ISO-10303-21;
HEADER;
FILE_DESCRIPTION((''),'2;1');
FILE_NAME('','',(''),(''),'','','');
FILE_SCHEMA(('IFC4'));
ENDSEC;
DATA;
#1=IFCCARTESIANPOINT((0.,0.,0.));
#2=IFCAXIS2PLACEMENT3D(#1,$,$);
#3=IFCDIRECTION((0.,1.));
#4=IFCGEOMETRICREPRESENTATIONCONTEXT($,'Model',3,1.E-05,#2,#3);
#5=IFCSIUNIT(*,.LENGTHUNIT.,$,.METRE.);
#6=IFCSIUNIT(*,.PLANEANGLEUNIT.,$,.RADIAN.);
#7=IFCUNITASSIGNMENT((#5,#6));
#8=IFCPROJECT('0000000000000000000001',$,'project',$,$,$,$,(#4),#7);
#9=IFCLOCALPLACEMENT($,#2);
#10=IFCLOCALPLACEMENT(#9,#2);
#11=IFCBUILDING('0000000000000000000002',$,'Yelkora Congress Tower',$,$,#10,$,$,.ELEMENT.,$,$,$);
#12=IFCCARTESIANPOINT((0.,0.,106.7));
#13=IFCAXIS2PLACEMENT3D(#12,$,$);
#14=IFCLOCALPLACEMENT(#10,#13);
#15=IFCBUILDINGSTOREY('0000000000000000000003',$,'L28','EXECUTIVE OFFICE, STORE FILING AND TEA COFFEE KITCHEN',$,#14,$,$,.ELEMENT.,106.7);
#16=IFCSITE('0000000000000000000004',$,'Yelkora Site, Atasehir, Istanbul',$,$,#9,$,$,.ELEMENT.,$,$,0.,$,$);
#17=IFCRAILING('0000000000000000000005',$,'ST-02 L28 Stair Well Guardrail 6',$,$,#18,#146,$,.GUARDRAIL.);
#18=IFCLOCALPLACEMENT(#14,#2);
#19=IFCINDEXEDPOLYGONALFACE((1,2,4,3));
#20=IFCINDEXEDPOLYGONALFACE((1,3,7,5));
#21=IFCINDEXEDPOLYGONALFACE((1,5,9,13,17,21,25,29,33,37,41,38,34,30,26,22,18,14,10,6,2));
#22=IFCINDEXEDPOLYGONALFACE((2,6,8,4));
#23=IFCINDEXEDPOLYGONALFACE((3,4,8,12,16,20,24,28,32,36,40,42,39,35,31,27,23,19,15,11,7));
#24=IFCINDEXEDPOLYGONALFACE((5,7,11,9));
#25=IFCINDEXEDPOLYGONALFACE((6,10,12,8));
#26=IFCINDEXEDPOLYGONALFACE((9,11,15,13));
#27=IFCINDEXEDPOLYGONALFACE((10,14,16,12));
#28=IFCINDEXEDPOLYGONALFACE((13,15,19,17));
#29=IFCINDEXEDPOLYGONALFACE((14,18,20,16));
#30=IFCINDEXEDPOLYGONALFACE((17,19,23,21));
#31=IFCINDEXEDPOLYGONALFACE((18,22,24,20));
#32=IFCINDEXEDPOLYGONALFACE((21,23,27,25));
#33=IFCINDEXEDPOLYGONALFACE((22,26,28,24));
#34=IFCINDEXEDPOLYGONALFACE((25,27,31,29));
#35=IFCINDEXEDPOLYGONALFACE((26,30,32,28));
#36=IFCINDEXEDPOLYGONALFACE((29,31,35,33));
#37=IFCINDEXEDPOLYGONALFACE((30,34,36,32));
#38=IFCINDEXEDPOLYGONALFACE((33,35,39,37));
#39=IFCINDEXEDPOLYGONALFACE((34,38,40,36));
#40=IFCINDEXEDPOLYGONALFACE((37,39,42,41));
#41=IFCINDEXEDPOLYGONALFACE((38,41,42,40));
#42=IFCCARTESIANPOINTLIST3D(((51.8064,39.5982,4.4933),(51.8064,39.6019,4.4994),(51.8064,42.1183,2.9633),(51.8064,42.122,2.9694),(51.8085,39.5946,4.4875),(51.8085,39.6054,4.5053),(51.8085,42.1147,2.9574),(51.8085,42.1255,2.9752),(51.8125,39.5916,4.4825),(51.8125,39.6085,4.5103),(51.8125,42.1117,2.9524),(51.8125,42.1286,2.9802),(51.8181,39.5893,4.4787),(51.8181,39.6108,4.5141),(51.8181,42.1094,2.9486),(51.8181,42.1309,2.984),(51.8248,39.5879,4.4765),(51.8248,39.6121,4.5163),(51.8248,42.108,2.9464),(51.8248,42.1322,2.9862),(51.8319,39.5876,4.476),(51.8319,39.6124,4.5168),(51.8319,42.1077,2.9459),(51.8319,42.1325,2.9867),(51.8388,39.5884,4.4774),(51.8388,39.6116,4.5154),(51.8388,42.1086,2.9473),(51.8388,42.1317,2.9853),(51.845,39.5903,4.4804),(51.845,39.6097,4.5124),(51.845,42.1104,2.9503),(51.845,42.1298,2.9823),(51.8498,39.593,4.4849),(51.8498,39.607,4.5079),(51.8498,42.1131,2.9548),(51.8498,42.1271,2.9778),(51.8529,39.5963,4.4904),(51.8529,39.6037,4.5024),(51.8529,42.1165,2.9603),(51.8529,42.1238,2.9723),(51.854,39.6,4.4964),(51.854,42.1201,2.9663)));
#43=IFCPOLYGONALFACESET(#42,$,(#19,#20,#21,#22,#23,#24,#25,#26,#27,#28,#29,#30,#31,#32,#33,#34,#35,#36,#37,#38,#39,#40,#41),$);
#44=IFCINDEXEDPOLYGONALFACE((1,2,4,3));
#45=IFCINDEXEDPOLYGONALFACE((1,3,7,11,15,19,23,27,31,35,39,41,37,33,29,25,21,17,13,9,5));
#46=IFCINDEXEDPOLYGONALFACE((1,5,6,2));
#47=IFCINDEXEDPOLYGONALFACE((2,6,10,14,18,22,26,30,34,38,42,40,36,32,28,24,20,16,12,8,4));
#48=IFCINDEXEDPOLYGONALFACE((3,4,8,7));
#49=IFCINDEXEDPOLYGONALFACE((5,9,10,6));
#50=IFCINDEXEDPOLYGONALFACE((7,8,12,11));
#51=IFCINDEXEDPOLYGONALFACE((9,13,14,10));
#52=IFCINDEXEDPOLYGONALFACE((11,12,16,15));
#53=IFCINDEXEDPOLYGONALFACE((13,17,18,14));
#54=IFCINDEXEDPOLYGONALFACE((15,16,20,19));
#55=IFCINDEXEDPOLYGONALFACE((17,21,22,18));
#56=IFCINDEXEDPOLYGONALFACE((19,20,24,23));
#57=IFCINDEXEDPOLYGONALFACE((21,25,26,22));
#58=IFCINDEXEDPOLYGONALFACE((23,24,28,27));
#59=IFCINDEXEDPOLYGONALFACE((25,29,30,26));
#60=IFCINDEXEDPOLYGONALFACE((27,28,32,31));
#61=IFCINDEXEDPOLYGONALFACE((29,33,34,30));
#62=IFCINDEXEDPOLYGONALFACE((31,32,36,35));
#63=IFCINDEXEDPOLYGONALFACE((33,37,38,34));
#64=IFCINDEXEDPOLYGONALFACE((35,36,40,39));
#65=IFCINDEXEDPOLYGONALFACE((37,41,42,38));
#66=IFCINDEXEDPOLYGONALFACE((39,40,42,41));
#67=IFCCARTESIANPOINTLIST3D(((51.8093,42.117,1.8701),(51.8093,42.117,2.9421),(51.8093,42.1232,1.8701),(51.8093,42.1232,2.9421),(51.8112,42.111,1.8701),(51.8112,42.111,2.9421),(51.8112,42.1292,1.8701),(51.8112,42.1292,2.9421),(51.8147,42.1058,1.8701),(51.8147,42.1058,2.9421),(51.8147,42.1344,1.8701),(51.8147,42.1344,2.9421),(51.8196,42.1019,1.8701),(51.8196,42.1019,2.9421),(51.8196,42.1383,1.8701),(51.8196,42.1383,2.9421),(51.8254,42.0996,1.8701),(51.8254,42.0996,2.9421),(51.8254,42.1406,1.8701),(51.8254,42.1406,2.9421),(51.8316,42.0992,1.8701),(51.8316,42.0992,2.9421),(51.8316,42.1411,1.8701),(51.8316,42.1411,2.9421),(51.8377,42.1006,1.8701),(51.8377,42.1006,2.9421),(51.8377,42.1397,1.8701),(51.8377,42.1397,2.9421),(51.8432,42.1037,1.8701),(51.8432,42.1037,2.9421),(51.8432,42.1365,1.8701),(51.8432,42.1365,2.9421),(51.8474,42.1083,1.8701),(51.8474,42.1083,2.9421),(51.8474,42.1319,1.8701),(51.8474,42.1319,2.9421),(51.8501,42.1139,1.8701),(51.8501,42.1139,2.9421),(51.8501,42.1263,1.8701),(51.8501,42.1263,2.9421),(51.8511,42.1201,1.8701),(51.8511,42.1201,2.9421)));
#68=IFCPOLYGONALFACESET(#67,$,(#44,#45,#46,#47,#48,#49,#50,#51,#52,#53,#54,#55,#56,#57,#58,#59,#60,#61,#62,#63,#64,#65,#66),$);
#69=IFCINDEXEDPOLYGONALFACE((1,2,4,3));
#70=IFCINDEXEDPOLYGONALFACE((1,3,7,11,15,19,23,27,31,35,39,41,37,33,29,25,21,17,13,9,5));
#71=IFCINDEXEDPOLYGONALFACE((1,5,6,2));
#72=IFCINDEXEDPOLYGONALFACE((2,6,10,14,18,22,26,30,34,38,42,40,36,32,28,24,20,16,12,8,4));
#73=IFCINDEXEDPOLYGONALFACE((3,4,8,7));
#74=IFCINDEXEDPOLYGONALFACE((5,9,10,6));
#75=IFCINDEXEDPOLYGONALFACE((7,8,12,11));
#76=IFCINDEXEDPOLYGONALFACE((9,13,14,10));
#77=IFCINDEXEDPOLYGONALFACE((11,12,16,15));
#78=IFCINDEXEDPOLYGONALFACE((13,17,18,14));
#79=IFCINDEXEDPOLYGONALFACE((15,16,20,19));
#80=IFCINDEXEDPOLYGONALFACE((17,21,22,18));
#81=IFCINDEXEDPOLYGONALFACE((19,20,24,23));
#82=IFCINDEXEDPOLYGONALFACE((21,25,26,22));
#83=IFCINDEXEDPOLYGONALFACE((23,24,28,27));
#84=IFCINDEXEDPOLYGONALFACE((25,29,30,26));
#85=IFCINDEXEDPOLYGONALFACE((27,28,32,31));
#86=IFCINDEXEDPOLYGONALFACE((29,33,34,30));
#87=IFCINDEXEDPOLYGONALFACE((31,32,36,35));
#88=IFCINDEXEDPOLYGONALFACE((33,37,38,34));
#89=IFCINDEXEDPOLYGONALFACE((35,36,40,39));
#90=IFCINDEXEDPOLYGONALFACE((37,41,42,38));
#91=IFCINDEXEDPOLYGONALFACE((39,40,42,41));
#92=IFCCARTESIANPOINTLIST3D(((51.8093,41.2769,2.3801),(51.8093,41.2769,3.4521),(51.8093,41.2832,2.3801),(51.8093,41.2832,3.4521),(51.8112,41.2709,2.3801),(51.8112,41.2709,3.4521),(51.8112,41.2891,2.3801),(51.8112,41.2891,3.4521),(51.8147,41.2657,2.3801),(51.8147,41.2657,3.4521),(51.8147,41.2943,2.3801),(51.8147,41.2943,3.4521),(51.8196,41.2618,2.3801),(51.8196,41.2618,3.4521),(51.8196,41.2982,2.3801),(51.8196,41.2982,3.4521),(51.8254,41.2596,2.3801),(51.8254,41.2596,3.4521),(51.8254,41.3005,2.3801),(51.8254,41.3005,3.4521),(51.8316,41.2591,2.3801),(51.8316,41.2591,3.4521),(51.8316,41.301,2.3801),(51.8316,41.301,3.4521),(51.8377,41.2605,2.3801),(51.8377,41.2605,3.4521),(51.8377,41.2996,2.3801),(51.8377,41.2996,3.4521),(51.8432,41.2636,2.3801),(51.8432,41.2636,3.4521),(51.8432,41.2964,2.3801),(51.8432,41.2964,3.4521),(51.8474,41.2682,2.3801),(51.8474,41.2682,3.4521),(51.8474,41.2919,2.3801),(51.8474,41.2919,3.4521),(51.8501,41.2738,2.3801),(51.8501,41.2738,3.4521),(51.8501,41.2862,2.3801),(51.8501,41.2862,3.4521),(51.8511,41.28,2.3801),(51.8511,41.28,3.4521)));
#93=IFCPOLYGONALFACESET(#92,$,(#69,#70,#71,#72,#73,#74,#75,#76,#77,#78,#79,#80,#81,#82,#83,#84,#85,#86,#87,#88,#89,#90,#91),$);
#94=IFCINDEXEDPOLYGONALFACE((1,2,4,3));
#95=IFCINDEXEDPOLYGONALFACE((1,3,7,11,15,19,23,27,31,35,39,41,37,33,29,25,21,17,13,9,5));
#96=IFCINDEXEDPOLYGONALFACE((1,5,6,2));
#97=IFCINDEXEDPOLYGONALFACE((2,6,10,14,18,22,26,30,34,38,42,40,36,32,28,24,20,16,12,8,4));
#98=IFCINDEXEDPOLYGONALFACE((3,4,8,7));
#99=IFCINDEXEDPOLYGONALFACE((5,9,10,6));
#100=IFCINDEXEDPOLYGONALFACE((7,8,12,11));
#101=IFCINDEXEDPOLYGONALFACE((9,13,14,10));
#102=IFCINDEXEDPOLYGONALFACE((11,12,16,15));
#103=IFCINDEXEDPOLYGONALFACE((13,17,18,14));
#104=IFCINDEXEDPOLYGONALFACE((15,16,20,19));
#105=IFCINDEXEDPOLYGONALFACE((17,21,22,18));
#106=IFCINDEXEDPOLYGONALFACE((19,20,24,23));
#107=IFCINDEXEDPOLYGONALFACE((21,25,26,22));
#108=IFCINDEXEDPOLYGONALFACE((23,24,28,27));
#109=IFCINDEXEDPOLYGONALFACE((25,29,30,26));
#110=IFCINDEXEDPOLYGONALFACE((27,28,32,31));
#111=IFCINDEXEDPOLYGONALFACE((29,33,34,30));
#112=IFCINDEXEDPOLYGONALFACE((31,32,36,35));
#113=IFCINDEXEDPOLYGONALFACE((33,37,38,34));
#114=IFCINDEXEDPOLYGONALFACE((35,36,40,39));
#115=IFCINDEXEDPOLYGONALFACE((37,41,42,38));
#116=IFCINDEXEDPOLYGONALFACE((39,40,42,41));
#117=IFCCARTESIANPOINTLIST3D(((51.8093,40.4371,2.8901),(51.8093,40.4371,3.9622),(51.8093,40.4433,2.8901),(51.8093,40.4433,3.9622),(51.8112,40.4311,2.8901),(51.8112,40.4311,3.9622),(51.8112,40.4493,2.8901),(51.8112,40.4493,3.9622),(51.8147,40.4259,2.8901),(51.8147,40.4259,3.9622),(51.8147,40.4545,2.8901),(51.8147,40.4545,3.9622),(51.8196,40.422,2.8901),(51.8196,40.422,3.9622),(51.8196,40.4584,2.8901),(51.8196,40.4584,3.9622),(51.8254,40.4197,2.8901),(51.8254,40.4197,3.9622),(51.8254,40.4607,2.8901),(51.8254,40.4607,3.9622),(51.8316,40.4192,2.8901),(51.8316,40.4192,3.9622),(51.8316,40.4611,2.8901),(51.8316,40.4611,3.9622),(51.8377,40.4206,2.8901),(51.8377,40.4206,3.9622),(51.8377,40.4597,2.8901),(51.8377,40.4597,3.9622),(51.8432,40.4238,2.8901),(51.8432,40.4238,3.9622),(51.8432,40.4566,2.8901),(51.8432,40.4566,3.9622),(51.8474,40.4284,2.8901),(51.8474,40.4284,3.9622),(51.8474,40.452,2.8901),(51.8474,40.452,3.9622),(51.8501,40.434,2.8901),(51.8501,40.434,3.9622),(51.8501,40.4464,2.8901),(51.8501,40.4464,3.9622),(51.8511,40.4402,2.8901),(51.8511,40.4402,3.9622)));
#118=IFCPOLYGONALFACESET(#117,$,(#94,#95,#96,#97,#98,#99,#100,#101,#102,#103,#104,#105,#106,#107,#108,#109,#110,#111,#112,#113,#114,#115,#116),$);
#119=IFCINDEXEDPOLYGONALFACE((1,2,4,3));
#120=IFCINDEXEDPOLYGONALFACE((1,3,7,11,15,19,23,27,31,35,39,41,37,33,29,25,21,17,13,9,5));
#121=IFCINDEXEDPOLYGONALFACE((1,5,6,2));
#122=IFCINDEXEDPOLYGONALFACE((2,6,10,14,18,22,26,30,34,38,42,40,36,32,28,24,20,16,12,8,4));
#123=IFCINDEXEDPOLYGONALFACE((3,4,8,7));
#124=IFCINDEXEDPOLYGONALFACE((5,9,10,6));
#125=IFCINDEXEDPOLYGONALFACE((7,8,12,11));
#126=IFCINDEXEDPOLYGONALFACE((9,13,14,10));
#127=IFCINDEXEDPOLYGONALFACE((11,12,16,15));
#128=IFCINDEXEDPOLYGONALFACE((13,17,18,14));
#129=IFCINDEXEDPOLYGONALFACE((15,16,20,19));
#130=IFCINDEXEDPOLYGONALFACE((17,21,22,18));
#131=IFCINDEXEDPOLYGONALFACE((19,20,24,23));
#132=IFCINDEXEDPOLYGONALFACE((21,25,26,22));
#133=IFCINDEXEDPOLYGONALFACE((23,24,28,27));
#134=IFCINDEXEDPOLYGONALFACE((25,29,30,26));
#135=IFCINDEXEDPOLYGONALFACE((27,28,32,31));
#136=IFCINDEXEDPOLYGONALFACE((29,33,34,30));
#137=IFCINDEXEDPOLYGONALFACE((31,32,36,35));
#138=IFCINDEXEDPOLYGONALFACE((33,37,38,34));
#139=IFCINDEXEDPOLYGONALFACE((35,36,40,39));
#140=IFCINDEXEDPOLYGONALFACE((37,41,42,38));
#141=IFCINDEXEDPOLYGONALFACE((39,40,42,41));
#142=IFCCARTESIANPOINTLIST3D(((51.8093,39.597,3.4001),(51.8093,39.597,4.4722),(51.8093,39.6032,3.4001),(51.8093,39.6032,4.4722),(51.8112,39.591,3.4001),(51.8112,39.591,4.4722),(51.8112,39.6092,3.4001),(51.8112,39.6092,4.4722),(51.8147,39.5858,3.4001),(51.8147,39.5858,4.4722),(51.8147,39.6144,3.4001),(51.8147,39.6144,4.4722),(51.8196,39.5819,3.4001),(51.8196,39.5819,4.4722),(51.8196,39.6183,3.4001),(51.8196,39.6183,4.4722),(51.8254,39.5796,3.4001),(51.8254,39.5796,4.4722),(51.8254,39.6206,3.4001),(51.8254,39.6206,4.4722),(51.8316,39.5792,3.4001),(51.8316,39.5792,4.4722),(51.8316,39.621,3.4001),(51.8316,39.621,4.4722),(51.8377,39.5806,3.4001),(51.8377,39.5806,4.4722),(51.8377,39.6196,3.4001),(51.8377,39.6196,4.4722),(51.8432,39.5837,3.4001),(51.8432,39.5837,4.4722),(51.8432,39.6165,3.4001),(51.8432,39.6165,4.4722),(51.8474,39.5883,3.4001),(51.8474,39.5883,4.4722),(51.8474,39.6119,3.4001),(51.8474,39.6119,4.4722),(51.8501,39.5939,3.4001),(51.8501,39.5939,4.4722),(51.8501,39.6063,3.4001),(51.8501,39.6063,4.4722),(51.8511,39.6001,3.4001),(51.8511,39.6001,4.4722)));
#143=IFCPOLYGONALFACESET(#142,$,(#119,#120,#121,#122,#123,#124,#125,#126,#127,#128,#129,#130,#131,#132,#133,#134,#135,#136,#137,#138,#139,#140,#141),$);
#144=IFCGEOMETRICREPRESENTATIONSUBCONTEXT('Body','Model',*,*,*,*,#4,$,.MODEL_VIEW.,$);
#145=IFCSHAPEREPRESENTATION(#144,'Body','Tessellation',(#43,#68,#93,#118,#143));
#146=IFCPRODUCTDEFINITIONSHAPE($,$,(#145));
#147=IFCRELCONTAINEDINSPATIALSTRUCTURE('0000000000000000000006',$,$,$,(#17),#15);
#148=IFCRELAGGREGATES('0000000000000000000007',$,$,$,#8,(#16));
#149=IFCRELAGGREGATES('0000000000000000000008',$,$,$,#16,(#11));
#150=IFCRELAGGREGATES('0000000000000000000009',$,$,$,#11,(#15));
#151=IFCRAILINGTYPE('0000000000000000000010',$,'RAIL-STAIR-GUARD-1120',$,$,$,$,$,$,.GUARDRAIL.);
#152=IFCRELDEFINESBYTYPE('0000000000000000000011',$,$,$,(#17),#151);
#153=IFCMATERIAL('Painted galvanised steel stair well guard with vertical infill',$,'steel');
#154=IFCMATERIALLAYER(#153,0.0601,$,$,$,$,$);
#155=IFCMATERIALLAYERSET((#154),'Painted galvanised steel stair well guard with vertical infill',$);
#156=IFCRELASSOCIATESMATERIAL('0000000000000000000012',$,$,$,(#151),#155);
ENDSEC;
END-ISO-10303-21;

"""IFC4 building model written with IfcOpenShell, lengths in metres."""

from ifc_helpers import new_model, si_unit, direction, frame, origin, origin_2d, place, context, subcontext, project, spatial, circle, extrude, material, layer, layer_set, type_object, element, save


model = new_model("IFC4")

# Units and contexts
model_context = context("Model", 3, precision=1e-05, world=origin(), true_north=direction((0.0, 1.0)))
body_context = subcontext(model_context, "Body", "Model", "MODEL_VIEW")
ifc_project = project(units=[si_unit("LENGTHUNIT", "METRE"), si_unit("PLANEANGLEUNIT", "RADIAN")], contexts=[model_context])

# Site, building, storey
site_placement = place(None, origin())
site = spatial("IfcSite", under=ifc_project, at=site_placement, Name="Yelkora Site, Atasehir, Istanbul", CompositionType="ELEMENT", RefElevation=0.0)
building_placement = place(site_placement, origin())
building = spatial("IfcBuilding", under=site, at=building_placement, Name="Yelkora Congress Tower", CompositionType="ELEMENT")
storey_placement = place(building_placement, frame((0.0, 0.0, 106.7)))
storey = spatial("IfcBuildingStorey", under=building, at=storey_placement, Name="L28", Description="EXECUTIVE OFFICE, STORE FILING AND TEA COFFEE KITCHEN", CompositionType="ELEMENT", Elevation=106.7)

# Railing
ifc_material_1 = material(Name="Painted galvanised steel stair well guard with vertical infill", Category="steel")
ifc_layer_1 = layer(ifc_material_1, 0.0601)
ifc_layer_set_1 = layer_set([ifc_layer_1], Name="Painted galvanised steel stair well guard with vertical infill")
railing_type_1 = type_object("IfcRailingType", Name="RAIL-STAIR-GUARD-1120", PredefinedType="GUARDRAIL", material=ifc_layer_set_1)
railing_1_placement = place(storey_placement, frame((51.8301, 42.1201, 1.8701)))
element("IfcRailing", 1, at=railing_1_placement, inside=storey, type_object=railing_type_1, Name="ST-02 L28 Stair Well Guardrail 6", PredefinedType="GUARDRAIL", context=body_context, shape_type="SweptSolid", body=[
    extrude(circle(Radius=0.0239, at=origin_2d()), frame((0.0, 0.0, 1.0962), z_axis=(0.0, -0.854785, 0.518982), x_axis=(1.0, 0.0, 0.0)), (0.0, 0.0, 1.0), 2.9482),
    extrude(circle(Radius=0.021, at=origin_2d()), origin(), (0.0, 0.0, 1.0), 1.072),
    extrude(circle(Radius=0.021, at=origin_2d()), frame((0.0, -0.8401, 0.51)), (0.0, 0.0, 1.0), 1.072),
    extrude(circle(Radius=0.021, at=origin_2d()), frame((0.0, -1.6799, 1.02)), (0.0, 0.0, 1.0), 1.072),
    extrude(circle(Radius=0.021, at=origin_2d()), frame((0.0, -2.52, 1.53)), (0.0, 0.0, 1.0), 1.072),
])

save(model, "model.ifc")
